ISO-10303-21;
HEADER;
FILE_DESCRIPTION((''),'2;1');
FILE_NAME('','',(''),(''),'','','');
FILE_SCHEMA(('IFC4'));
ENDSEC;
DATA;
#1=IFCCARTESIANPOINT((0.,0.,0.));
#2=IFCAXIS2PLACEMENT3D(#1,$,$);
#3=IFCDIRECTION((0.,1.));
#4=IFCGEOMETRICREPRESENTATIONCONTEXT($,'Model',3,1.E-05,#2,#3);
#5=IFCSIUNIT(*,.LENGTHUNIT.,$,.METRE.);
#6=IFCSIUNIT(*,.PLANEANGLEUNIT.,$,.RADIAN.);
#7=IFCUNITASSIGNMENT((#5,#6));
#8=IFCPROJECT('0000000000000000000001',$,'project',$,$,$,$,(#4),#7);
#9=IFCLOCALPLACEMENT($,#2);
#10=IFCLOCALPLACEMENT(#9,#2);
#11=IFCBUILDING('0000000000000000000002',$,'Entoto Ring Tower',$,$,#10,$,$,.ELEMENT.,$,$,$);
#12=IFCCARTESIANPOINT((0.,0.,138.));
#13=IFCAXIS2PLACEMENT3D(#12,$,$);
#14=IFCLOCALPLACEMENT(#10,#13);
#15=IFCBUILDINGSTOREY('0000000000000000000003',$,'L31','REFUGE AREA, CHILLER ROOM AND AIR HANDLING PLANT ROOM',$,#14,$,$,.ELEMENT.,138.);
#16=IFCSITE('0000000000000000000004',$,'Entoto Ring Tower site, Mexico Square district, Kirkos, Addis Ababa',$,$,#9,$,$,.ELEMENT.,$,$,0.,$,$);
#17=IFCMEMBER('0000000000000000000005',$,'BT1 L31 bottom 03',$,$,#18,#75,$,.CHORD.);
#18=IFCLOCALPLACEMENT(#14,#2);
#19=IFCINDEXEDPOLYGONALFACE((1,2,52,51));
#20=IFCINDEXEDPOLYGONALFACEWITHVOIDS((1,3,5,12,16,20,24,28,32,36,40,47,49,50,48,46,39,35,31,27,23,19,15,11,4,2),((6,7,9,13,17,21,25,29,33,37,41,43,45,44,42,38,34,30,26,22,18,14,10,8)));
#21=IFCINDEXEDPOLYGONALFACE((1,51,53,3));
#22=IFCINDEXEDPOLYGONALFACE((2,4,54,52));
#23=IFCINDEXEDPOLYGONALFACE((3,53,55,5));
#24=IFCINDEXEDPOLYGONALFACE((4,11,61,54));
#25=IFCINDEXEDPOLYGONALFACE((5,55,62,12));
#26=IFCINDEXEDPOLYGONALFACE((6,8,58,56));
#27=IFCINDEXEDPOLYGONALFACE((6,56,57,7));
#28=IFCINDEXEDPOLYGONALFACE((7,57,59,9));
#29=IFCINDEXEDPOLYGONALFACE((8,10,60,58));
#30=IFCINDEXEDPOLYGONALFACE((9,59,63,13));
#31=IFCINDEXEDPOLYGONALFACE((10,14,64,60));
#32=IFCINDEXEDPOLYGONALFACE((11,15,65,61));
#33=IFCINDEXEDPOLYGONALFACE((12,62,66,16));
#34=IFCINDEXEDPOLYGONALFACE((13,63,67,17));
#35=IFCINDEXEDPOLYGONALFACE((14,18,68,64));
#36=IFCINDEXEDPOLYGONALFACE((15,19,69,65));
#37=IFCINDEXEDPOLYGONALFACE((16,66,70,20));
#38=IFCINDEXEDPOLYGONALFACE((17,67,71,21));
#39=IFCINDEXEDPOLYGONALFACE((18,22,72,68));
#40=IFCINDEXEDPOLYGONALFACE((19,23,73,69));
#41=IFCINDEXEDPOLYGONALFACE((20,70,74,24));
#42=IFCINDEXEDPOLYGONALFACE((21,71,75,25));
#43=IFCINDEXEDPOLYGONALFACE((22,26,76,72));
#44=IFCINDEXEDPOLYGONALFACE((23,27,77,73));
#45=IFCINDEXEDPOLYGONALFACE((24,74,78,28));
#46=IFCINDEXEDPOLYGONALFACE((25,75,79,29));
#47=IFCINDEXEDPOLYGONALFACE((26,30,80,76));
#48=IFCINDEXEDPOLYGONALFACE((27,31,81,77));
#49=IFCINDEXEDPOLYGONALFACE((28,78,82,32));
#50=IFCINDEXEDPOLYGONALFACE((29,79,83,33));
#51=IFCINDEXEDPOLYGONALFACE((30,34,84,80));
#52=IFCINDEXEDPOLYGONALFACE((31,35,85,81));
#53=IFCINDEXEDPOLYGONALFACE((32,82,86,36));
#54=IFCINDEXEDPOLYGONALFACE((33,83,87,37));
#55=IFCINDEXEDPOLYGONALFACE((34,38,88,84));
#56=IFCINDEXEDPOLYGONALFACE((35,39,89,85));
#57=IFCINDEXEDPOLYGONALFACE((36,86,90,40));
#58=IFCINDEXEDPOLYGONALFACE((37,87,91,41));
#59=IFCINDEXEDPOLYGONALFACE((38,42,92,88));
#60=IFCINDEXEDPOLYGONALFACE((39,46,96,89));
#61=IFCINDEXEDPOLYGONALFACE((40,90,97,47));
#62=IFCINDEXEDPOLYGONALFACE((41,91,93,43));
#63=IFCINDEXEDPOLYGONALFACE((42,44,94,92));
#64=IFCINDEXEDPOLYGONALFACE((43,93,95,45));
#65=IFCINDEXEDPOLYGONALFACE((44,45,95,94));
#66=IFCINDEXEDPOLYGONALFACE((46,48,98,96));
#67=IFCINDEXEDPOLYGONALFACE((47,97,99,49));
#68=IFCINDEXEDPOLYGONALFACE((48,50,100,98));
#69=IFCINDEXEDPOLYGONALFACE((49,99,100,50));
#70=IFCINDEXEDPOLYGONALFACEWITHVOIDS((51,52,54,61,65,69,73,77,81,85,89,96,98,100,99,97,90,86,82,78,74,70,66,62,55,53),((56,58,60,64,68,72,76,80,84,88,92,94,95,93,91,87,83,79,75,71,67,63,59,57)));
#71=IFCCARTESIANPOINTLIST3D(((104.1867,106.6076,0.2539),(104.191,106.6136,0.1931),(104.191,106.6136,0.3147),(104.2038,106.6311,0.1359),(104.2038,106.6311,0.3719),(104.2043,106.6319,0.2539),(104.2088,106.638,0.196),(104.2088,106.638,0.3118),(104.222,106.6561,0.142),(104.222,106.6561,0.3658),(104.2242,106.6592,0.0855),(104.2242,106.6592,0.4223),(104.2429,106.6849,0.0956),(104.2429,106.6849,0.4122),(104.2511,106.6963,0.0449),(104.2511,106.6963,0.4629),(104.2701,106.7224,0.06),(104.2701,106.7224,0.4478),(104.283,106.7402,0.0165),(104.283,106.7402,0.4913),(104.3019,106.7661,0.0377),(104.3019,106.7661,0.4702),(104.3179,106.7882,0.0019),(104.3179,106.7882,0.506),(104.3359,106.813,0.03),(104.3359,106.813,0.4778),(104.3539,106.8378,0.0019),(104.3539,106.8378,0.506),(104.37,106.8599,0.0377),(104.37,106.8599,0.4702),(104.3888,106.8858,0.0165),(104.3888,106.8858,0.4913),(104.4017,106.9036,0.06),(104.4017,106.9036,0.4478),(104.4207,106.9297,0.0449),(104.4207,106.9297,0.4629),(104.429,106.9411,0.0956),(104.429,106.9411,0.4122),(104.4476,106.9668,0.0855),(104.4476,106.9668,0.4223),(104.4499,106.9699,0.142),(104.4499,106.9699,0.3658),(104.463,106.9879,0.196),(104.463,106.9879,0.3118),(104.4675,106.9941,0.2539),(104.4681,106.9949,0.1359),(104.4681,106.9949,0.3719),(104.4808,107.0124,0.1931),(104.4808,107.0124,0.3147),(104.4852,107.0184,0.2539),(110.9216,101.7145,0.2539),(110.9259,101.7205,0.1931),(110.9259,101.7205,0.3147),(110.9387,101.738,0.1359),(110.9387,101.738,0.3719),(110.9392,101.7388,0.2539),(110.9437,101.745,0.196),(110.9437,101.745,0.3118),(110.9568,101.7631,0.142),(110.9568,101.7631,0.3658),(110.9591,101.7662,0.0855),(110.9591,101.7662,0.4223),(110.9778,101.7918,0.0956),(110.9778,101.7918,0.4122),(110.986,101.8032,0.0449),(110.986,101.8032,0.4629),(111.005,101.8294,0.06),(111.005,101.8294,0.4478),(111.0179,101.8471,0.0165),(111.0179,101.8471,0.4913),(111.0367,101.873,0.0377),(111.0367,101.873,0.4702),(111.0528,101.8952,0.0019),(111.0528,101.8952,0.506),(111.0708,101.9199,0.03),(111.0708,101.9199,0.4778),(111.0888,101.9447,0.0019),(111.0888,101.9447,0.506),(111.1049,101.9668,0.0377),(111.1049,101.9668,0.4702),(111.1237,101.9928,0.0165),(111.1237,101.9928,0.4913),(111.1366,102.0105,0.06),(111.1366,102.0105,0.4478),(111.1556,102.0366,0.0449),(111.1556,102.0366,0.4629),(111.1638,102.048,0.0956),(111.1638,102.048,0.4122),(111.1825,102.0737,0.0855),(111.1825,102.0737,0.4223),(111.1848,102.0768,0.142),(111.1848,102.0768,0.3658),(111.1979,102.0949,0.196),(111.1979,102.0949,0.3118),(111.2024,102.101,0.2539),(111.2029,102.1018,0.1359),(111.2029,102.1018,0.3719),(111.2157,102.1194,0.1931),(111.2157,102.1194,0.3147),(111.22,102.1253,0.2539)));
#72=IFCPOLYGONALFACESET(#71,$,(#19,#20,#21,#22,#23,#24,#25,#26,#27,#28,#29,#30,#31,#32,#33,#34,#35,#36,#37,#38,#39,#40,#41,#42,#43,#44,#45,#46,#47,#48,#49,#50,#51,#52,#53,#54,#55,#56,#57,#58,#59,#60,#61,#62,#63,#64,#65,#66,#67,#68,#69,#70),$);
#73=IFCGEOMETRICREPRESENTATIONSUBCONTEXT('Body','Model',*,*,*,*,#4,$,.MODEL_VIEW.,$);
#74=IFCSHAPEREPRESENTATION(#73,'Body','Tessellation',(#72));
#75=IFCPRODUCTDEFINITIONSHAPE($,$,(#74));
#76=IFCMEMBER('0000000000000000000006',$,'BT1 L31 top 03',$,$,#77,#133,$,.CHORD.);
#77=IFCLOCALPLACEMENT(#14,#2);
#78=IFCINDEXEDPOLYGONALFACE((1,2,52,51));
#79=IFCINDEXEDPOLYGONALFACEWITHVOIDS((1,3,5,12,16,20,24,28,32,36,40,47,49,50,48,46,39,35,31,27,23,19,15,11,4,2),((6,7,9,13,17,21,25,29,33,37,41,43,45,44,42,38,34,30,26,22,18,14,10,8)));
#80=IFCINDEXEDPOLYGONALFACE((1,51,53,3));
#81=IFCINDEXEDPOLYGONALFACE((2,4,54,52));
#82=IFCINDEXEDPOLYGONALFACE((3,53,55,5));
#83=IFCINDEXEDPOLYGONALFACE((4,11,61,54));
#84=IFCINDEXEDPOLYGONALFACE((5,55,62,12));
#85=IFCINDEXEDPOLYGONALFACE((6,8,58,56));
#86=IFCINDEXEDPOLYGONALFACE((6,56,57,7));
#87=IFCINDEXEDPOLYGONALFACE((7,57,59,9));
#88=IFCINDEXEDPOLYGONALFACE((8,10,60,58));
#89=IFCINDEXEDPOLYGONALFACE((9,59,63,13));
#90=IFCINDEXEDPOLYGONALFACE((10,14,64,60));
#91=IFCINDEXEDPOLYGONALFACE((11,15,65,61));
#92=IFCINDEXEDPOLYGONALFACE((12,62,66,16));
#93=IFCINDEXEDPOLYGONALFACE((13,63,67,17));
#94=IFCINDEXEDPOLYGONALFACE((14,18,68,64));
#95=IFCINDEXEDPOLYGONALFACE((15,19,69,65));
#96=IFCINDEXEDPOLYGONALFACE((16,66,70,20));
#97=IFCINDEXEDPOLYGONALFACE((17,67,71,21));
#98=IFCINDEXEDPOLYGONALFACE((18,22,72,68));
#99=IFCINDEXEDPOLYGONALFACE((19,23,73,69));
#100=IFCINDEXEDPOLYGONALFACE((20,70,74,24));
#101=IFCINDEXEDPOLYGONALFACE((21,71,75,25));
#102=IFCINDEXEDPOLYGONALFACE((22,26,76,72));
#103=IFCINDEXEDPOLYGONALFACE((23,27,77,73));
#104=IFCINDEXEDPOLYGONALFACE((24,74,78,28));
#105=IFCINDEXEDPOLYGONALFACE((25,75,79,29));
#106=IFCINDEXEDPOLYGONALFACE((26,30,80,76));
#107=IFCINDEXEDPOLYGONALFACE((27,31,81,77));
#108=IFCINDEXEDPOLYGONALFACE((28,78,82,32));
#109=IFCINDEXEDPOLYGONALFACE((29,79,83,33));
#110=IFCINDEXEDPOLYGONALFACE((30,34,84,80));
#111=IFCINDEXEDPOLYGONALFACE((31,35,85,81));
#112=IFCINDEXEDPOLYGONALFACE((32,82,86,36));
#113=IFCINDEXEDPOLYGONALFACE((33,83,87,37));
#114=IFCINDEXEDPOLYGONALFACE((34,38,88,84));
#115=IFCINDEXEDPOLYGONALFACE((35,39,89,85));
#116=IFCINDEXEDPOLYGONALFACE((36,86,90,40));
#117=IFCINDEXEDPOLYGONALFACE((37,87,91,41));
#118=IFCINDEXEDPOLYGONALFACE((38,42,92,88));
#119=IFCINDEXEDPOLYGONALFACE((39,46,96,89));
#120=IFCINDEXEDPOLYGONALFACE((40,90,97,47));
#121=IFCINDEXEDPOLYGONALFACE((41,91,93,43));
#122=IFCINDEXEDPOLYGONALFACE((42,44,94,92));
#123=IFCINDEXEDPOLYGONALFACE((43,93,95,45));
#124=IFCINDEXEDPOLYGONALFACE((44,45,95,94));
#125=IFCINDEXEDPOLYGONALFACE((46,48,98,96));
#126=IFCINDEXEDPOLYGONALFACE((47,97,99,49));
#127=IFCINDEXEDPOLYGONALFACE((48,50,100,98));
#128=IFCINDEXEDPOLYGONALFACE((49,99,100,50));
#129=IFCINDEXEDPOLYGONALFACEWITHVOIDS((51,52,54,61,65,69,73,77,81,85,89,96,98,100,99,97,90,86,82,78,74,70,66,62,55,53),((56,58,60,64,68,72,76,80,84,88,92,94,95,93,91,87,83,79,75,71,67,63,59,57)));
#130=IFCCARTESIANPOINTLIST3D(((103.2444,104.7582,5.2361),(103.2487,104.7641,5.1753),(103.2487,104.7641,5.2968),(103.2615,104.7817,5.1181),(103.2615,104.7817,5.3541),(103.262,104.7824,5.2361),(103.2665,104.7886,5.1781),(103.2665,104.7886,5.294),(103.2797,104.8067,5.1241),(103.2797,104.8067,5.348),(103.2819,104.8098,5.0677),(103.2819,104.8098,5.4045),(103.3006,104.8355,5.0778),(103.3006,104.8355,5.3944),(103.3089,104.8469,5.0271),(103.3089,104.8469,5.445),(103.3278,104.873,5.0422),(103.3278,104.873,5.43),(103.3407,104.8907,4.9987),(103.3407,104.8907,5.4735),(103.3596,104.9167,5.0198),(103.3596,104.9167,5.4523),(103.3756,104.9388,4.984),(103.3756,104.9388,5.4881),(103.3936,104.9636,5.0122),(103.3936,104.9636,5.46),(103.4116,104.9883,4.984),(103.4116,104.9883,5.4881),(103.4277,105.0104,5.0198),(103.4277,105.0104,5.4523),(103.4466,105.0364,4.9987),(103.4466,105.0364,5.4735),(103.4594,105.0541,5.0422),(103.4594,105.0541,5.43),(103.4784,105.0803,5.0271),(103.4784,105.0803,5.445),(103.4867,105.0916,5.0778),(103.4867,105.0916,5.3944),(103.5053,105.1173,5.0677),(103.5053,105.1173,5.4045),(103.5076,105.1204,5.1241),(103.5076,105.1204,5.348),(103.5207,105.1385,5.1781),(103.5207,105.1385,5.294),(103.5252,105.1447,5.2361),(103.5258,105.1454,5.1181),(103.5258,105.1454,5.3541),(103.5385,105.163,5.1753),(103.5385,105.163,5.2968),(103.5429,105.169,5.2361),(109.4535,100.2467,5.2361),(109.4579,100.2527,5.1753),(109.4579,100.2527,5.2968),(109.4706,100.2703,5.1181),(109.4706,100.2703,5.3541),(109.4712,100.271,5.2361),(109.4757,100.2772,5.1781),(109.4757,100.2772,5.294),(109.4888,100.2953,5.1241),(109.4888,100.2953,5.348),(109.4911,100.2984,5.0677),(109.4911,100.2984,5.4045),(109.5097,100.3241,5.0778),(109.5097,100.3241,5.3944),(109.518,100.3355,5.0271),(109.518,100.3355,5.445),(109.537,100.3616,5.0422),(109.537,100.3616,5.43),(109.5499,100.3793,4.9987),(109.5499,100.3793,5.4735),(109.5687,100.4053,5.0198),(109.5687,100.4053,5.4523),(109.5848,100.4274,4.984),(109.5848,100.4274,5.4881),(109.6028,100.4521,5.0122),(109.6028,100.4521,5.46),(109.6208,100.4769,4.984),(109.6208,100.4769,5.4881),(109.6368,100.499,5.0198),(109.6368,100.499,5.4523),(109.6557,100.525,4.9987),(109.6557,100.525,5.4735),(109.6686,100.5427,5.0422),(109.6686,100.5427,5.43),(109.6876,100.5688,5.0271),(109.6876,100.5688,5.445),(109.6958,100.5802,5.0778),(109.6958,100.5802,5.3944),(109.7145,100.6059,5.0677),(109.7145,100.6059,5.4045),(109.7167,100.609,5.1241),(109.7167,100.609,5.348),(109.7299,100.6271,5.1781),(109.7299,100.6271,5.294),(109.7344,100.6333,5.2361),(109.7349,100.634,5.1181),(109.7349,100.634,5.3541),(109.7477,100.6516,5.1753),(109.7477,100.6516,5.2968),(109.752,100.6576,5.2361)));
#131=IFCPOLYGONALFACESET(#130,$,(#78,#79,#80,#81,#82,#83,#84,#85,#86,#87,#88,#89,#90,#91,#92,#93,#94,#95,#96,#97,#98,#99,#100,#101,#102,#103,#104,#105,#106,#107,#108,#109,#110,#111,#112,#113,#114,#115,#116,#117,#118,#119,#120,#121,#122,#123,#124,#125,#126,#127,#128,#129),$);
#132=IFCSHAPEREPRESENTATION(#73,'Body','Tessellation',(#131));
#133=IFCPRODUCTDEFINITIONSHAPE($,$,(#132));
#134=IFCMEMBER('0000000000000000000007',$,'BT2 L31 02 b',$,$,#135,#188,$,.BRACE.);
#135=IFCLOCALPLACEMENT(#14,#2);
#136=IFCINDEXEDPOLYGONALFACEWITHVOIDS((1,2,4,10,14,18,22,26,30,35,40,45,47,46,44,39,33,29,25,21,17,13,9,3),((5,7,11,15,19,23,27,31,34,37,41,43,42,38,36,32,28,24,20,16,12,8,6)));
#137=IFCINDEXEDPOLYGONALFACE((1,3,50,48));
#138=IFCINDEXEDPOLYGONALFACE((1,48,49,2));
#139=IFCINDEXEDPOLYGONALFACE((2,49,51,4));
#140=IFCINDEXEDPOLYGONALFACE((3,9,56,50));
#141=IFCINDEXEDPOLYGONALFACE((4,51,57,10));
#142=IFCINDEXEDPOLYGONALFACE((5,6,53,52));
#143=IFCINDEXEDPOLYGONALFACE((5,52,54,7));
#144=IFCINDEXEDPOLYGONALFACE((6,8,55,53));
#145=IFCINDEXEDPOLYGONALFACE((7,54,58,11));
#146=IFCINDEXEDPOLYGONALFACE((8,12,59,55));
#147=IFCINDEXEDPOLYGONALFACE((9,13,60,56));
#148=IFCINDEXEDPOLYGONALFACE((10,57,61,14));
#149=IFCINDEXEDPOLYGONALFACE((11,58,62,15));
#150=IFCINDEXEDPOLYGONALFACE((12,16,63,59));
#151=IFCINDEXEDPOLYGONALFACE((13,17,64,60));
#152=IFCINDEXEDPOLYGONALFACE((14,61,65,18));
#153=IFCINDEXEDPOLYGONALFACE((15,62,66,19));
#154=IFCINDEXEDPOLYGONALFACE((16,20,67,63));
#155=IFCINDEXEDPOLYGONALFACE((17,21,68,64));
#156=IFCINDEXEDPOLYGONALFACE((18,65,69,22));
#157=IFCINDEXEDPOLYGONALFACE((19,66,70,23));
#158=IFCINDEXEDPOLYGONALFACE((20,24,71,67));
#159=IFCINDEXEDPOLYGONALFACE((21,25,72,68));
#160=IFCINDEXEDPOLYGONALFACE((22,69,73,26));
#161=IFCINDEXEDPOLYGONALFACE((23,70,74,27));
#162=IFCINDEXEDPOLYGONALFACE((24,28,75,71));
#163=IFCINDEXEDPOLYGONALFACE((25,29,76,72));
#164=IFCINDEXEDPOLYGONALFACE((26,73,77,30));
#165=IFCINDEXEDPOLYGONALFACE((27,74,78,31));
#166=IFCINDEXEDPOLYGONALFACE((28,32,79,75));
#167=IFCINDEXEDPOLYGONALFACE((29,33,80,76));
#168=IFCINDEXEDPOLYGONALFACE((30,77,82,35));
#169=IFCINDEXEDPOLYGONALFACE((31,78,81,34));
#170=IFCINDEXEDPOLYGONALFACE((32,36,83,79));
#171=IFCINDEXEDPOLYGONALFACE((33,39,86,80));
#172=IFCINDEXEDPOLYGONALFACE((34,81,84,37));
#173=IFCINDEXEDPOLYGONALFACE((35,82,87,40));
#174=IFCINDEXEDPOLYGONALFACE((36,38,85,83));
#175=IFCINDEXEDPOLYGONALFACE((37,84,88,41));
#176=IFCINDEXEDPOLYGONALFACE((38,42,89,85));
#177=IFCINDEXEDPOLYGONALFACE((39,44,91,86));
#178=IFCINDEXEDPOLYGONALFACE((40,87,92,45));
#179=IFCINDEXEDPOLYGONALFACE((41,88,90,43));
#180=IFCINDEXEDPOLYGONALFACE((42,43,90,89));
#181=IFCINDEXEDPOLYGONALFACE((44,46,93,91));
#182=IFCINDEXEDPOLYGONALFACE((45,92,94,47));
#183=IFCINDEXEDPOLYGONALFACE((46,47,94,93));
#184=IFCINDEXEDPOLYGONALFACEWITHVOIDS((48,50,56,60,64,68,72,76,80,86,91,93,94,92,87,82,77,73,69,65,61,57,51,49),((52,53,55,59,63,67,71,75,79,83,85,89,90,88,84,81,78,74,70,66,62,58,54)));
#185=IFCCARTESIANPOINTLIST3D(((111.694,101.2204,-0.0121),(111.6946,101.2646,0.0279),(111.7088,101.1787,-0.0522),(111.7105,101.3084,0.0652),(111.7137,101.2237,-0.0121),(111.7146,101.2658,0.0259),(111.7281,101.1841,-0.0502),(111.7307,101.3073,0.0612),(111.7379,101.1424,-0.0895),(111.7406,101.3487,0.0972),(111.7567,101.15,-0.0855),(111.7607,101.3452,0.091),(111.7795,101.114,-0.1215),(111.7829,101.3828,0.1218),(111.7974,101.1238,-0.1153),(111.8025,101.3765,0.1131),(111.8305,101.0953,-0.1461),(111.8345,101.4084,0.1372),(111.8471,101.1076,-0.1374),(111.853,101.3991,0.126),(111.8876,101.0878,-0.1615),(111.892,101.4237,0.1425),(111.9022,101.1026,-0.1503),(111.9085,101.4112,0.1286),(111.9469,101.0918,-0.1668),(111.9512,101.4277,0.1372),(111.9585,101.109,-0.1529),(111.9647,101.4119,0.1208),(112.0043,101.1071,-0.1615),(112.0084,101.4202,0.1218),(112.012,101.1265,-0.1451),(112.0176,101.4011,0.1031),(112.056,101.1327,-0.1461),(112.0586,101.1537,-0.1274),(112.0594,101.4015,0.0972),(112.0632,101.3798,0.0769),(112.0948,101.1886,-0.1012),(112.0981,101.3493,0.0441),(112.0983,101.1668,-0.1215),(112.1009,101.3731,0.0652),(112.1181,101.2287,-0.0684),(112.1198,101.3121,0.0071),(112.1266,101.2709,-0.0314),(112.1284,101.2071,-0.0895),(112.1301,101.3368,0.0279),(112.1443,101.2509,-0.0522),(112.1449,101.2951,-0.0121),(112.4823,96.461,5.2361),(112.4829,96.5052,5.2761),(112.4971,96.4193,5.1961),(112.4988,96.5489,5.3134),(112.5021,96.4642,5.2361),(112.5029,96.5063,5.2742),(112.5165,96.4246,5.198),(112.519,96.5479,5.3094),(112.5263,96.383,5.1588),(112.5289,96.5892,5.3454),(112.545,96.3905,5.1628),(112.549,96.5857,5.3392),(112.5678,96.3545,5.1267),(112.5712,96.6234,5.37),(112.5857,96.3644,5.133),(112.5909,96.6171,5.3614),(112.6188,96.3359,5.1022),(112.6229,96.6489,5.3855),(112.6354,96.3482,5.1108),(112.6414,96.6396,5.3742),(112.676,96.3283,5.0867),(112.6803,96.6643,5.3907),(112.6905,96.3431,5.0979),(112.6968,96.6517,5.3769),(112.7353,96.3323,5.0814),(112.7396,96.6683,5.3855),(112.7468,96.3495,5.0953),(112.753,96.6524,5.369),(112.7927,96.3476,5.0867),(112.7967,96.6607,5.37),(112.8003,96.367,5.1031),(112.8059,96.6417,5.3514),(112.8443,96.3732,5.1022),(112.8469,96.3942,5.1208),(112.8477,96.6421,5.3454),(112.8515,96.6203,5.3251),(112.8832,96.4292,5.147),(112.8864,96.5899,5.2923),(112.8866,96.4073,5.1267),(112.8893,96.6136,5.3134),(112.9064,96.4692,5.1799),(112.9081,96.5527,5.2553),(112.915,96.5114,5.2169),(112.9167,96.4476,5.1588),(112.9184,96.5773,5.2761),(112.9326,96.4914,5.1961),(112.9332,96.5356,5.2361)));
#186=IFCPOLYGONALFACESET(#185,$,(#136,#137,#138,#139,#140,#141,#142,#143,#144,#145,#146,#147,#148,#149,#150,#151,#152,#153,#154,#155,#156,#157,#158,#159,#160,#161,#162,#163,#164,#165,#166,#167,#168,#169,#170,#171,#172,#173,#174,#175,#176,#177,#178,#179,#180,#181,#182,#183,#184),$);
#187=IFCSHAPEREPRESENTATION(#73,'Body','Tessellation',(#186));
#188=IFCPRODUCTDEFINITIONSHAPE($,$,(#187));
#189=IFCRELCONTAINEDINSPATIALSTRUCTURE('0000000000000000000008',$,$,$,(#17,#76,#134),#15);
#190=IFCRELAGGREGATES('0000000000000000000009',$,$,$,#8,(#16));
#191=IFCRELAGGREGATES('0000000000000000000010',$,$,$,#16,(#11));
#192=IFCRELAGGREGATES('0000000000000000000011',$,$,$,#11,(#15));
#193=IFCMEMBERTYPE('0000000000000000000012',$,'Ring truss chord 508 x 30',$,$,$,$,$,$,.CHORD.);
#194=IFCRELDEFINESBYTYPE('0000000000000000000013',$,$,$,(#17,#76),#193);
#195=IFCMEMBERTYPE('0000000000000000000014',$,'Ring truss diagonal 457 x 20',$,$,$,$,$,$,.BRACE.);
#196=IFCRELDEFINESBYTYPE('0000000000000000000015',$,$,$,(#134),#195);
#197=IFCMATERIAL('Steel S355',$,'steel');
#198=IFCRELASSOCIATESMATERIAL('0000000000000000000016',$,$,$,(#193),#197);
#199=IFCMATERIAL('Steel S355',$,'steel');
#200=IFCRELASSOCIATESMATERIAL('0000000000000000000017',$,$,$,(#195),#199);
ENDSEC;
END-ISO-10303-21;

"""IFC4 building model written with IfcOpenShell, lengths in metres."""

from ifc_helpers import new_model, si_unit, direction, frame, origin, origin_2d, place, context, subcontext, project, spatial, circle, hollow_circle, extrude, material, material_profile, profile_set, type_object, element, save


model = new_model("IFC4")

# Units and contexts
model_context = context("Model", 3, precision=1e-05, world=origin(), true_north=direction((0.0, 1.0)))
body_context = subcontext(model_context, "Body", "Model", "MODEL_VIEW")
ifc_project = project(units=[si_unit("LENGTHUNIT", "METRE"), si_unit("PLANEANGLEUNIT", "RADIAN")], contexts=[model_context])

# Site, building, storey
site_placement = place(None, origin())
site = spatial("IfcSite", under=ifc_project, at=site_placement, Name="Entoto Ring Tower site, Mexico Square district, Kirkos, Addis Ababa", CompositionType="ELEMENT", RefElevation=0.0)
building_placement = place(site_placement, origin())
building = spatial("IfcBuilding", under=site, at=building_placement, Name="Entoto Ring Tower", CompositionType="ELEMENT")
storey_placement = place(building_placement, frame((0.0, 0.0, 138.0)))
storey = spatial("IfcBuildingStorey", under=building, at=storey_placement, Name="L31", Description="REFUGE AREA, CHILLER ROOM AND AIR HANDLING PLANT ROOM", CompositionType="ELEMENT", Elevation=138.0)

# Members
ifc_material_1 = material(Name="Steel S355", Category="steel")
ifc_material_profile_1 = material_profile(ifc_material_1, hollow_circle(Radius=0.2539, WallThickness=0.03, at=origin_2d()), Name="CHS 508 x 30")
ifc_material_2 = material(Name="Concrete C60/75", Category="concrete")
ifc_material_profile_2 = material_profile(ifc_material_2, circle(Radius=0.2241, at=origin_2d()), Name="Concrete C60/75 infill")
ifc_profile_set_1 = profile_set([ifc_material_profile_1, ifc_material_profile_2], Name="Steel S355")
member_type_1 = type_object("IfcMemberType", Name="Ring truss chord 508 x 30", PredefinedType="CHORD", material=ifc_profile_set_1)
for number, where, z_axis, x_axis, name in (
    (1, (111.0708, 101.9199, 0.2539), (-0.809023, 0.587778, 0.0), (-0.587778, -0.809023, 0.0), "BT1 L31 bottom 03"),
):
    element("IfcMember", number, at=place(storey_placement, frame(where, z_axis=z_axis, x_axis=x_axis)), inside=storey, type_object=member_type_1, Name=name, PredefinedType="CHORD", context=body_context, shape_type="SweptSolid", body=[
        extrude(hollow_circle(Radius=0.2539, WallThickness=0.03, at=origin_2d()), origin(), (0.0, 0.0, 1.0), 8.3247),
    ])
member_1_placement = place(storey_placement, frame((109.6028, 100.4521, 5.2361), z_axis=(-0.809004, 0.587803, 0.0), x_axis=(-0.587803, -0.809004, 0.0)))
element("IfcMember", 2, at=member_1_placement, inside=storey, type_object=member_type_1, Name="BT1 L31 top 03", PredefinedType="CHORD", context=body_context, shape_type="SweptSolid", body=[
    extrude(hollow_circle(Radius=0.2539, WallThickness=0.03, at=origin_2d()), origin(), (0.0, 0.0, 1.0), 7.675),
])
ifc_material_3 = material(Name="Steel S355", Category="steel")
ifc_material_profile_3 = material_profile(ifc_material_3, hollow_circle(Radius=0.2285, WallThickness=0.02, at=origin_2d()), Name="CHS 457 x 20")
ifc_material_4 = material(Name="Concrete C60/75", Category="concrete")
ifc_material_profile_4 = material_profile(ifc_material_4, circle(Radius=0.2085, at=origin_2d()), Name="Concrete C60/75 infill")
ifc_profile_set_2 = profile_set([ifc_material_profile_3, ifc_material_profile_4], Name="Steel S355")
member_type_2 = type_object("IfcMemberType", Name="Ring truss diagonal 457 x 20", PredefinedType="BRACE", material=ifc_profile_set_2)
for number, where, z_axis, x_axis, name in (
    (3, (112.7078, 96.4983, 5.2361), (-0.110585, 0.667652, -0.736215), (-0.986559, -0.163406, 0.0), "BT2 L31 02 b"),
):
    element("IfcMember", number, at=place(storey_placement, frame(where, z_axis=z_axis, x_axis=x_axis)), inside=storey, type_object=member_type_2, Name=name, PredefinedType="BRACE", context=body_context, shape_type="SweptSolid", body=[
        extrude(hollow_circle(Radius=0.2285, WallThickness=0.02, at=origin_2d()), origin(), (0.0, 0.0, 1.0), 7.1287),
    ])

save(model, "model.ifc")
